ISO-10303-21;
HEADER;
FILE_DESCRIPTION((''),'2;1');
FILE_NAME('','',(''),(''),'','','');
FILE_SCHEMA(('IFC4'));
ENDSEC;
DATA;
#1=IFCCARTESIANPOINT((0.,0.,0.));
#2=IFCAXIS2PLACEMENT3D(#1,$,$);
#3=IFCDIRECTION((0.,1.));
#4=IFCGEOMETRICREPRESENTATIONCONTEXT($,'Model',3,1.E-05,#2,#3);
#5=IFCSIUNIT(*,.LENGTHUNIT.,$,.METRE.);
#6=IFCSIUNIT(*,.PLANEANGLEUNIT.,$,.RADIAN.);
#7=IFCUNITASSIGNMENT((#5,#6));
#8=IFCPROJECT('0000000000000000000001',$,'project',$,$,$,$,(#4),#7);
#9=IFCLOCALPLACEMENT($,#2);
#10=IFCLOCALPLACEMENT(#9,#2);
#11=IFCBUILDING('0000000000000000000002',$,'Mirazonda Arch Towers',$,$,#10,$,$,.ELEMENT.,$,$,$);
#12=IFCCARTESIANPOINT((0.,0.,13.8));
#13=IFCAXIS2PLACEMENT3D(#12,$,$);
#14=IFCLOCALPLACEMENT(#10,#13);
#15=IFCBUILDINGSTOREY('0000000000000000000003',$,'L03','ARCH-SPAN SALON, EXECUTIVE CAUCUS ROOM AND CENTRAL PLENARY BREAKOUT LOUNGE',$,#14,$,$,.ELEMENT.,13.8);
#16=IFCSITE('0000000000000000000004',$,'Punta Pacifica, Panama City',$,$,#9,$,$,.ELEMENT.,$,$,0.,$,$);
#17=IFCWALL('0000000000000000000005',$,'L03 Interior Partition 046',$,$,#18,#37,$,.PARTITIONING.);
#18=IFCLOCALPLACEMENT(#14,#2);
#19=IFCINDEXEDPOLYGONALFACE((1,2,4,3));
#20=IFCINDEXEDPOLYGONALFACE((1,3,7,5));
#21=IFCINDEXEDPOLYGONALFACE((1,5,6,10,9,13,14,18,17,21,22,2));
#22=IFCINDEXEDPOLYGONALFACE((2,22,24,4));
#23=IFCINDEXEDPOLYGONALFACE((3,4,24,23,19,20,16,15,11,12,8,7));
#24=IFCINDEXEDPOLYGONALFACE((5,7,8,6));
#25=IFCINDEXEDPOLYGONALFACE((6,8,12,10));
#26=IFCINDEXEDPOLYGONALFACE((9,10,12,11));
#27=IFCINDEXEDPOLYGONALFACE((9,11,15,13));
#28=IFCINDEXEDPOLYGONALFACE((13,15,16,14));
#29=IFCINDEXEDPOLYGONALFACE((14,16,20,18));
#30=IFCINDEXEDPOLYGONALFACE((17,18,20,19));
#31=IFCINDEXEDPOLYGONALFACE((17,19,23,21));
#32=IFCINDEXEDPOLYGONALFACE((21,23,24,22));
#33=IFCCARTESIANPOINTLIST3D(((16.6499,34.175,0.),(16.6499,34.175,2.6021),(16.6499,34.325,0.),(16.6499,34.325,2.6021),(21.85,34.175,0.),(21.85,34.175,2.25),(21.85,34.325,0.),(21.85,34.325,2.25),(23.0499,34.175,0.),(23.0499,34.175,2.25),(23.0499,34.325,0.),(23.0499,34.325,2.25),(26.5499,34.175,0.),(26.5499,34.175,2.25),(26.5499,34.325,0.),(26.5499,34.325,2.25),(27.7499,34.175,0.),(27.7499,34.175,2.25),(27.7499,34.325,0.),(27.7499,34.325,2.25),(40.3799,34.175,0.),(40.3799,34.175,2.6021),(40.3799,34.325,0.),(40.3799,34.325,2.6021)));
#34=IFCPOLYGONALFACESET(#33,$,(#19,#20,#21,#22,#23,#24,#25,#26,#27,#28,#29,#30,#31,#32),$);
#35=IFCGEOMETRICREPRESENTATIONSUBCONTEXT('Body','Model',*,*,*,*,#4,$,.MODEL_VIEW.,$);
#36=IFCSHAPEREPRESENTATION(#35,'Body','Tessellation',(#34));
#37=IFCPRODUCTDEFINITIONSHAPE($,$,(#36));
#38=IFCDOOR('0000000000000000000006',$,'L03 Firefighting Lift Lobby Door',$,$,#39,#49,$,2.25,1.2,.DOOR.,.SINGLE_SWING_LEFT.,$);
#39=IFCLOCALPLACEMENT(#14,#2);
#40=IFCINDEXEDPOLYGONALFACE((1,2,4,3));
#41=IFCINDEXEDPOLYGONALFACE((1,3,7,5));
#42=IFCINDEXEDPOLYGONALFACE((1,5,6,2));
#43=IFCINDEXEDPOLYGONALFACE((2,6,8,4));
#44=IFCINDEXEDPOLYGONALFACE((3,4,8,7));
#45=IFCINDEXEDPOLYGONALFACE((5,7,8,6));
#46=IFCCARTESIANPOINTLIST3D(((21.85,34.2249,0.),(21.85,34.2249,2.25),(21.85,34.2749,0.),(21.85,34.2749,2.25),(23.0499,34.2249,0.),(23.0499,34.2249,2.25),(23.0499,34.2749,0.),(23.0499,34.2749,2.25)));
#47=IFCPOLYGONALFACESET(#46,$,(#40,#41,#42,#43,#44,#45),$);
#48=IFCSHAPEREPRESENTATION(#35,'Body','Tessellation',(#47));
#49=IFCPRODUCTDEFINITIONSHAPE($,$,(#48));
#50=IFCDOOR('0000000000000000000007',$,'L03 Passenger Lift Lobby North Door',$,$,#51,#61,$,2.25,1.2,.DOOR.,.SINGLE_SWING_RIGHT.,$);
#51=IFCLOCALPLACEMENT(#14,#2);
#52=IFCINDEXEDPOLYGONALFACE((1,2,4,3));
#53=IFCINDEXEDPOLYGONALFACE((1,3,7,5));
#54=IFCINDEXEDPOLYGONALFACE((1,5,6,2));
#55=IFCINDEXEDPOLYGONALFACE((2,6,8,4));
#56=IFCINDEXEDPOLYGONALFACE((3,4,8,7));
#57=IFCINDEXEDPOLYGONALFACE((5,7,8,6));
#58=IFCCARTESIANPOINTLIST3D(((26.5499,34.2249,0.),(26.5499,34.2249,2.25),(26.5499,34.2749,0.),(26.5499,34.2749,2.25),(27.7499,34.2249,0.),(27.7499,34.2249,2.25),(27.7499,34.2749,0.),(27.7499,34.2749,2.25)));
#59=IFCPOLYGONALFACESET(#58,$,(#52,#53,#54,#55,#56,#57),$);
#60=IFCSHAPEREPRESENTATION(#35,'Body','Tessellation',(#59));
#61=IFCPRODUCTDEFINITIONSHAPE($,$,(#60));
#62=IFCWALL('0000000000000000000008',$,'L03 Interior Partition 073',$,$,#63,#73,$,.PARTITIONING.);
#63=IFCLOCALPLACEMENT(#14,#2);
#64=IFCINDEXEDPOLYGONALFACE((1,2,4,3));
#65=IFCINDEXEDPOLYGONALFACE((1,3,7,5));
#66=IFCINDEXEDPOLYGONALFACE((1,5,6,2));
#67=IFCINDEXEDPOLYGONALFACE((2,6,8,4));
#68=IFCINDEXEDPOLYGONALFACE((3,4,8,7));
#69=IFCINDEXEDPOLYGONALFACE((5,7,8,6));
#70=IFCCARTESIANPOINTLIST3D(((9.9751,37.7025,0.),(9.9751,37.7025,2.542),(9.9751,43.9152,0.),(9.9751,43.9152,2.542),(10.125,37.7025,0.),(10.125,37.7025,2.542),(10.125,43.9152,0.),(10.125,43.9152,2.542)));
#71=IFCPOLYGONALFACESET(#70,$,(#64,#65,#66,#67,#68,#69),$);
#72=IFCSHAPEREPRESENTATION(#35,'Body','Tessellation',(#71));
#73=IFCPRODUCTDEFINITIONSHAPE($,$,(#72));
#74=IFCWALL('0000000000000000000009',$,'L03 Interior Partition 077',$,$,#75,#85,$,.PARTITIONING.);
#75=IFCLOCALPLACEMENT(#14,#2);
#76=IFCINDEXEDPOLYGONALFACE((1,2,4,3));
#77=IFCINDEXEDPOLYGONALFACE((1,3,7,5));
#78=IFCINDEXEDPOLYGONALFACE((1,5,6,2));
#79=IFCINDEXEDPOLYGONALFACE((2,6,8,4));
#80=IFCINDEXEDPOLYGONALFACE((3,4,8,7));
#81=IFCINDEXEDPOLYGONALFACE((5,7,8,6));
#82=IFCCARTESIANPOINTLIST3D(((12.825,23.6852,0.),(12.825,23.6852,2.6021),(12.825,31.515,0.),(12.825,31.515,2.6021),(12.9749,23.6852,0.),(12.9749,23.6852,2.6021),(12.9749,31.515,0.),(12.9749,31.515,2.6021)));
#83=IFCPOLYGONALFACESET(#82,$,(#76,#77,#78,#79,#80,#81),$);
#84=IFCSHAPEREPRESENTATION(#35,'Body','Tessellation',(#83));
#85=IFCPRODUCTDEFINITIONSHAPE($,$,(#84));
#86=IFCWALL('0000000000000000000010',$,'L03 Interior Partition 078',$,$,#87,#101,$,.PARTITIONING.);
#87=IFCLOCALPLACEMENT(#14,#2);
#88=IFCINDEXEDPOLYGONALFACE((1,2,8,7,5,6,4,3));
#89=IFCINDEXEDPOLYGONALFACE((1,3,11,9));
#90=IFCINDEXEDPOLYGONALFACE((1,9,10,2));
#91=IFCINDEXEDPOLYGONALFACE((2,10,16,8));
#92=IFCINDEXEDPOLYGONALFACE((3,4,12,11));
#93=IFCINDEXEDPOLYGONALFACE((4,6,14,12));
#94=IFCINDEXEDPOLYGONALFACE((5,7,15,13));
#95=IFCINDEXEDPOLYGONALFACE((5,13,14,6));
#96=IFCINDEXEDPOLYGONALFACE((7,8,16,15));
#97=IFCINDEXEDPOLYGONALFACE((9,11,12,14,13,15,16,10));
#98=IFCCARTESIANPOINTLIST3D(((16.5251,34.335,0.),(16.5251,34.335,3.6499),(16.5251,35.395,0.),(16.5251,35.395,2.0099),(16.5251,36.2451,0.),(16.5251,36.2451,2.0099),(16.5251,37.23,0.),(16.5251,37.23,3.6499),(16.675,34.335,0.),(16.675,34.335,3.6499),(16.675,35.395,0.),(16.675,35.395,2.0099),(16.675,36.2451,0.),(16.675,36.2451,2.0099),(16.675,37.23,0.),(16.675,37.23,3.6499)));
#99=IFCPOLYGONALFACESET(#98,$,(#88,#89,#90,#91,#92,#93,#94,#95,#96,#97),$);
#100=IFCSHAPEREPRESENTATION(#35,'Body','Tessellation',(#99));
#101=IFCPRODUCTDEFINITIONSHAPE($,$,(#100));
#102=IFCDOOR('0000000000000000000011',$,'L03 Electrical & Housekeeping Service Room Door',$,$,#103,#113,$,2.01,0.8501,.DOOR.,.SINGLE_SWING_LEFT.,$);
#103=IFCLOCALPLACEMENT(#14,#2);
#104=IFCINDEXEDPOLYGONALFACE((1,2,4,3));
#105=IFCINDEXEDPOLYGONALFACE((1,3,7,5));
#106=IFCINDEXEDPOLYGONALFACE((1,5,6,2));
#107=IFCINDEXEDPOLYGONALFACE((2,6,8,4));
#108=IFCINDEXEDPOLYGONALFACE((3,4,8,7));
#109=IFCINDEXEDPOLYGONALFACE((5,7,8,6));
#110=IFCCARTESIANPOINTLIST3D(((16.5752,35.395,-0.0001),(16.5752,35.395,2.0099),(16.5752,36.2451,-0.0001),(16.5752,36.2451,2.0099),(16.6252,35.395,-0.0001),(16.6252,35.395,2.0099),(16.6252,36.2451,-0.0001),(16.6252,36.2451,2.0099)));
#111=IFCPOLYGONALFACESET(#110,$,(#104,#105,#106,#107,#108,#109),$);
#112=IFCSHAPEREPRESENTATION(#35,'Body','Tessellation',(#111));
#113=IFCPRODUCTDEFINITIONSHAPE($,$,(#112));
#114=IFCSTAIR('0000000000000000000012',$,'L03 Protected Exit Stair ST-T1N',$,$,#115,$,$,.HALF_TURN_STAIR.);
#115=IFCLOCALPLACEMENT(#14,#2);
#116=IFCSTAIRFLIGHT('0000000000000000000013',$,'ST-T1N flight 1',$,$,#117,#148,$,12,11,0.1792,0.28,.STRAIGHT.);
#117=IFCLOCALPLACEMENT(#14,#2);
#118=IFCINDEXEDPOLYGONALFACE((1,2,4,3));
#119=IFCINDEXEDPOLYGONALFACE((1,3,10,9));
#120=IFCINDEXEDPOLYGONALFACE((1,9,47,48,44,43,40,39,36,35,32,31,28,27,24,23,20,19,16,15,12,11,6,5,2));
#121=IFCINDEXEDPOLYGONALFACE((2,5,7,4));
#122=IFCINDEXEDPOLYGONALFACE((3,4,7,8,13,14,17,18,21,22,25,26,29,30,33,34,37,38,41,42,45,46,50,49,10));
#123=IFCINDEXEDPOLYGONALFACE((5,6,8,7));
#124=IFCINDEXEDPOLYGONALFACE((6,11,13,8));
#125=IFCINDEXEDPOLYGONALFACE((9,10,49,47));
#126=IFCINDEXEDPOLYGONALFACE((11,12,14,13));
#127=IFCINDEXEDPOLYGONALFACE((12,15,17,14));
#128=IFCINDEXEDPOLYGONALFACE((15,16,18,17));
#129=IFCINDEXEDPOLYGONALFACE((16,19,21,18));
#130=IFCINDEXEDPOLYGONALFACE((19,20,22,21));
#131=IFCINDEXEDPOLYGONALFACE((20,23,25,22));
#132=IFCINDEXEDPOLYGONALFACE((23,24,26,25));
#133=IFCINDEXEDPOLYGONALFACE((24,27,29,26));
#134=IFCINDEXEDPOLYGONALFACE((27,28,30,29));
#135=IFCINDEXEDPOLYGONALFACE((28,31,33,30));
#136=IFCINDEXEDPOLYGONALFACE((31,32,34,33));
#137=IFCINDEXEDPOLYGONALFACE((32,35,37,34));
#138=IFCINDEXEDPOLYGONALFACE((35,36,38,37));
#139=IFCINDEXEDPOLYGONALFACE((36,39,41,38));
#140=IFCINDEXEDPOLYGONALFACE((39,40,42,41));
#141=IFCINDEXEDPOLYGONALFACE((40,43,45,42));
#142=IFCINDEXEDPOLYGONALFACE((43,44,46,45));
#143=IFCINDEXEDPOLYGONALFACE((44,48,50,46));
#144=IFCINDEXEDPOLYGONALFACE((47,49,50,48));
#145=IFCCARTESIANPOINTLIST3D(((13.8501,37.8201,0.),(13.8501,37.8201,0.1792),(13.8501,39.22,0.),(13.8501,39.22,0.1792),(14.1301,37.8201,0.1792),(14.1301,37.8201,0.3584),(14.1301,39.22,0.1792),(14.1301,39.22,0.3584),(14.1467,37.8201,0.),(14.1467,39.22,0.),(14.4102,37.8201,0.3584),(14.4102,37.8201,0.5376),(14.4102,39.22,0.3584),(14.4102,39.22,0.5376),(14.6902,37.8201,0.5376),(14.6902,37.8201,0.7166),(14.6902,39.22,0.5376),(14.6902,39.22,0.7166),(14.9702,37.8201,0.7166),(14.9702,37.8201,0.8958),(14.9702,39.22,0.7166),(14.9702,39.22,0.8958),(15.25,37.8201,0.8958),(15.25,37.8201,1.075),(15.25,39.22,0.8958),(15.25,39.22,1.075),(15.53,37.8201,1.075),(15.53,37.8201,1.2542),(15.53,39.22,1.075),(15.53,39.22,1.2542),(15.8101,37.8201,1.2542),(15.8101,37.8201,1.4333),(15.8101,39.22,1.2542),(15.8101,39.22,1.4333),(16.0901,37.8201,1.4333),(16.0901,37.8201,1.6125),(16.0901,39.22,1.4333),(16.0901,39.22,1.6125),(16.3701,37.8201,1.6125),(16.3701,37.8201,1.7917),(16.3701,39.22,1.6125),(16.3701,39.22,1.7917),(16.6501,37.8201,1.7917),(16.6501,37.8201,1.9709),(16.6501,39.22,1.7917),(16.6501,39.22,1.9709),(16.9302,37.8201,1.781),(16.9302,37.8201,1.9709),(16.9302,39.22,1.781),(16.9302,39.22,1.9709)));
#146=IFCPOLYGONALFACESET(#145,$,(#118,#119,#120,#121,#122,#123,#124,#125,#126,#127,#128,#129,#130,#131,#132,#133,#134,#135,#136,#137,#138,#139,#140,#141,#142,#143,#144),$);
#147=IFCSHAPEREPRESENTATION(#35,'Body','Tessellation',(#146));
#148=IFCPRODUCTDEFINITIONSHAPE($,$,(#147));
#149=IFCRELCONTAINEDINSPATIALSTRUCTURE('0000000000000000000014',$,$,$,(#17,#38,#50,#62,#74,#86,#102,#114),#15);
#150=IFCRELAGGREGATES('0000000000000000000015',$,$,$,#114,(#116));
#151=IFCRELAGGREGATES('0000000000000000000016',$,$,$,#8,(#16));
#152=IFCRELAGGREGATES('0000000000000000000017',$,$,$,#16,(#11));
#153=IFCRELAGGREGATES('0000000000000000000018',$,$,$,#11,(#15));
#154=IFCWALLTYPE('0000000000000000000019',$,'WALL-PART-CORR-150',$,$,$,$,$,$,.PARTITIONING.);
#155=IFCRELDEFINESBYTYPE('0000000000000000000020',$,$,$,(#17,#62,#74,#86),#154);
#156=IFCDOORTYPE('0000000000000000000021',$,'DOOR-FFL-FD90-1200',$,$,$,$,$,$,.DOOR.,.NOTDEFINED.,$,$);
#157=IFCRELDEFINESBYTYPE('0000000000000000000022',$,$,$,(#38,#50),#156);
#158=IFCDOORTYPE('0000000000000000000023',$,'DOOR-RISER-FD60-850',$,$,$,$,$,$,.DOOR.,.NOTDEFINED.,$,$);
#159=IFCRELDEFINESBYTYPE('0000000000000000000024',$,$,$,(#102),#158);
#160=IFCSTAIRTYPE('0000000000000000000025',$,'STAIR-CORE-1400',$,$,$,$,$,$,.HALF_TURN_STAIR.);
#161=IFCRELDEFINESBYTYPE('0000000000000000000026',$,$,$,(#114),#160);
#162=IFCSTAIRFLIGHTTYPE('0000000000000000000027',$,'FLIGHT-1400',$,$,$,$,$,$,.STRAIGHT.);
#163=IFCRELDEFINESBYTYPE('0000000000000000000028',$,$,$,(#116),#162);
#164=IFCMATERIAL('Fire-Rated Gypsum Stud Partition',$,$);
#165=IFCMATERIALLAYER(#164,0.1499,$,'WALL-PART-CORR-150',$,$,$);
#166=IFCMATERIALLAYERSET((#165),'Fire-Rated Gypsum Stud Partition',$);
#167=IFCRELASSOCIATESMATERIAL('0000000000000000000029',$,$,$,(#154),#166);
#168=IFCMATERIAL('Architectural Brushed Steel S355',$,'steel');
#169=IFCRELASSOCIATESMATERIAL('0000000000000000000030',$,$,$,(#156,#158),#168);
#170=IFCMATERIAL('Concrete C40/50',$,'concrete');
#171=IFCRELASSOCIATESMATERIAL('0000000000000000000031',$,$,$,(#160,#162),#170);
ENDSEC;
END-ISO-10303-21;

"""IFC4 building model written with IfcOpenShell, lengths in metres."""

from ifc_helpers import new_model, si_unit, direction, frame, frame_2d, origin, place, context, subcontext, project, spatial, polyline, rectangle, outline, extrude, material, layer, layer_set, type_object, element, fill, aggregate, save


model = new_model("IFC4")

# Units and contexts
model_context = context("Model", 3, precision=1e-05, world=origin(), true_north=direction((0.0, 1.0)))
body_context = subcontext(model_context, "Body", "Model", "MODEL_VIEW")
ifc_project = project(units=[si_unit("LENGTHUNIT", "METRE"), si_unit("PLANEANGLEUNIT", "RADIAN")], contexts=[model_context])

# Site, building, storey
site_placement = place(None, origin())
site = spatial("IfcSite", under=ifc_project, at=site_placement, Name="Punta Pacifica, Panama City", CompositionType="ELEMENT", RefElevation=0.0)
building_placement = place(site_placement, origin())
building = spatial("IfcBuilding", under=site, at=building_placement, Name="Mirazonda Arch Towers", CompositionType="ELEMENT")
storey_placement = place(building_placement, frame((0.0, 0.0, 13.8)))
storey = spatial("IfcBuildingStorey", under=building, at=storey_placement, Name="L03", Description="ARCH-SPAN SALON, EXECUTIVE CAUCUS ROOM AND CENTRAL PLENARY BREAKOUT LOUNGE", CompositionType="ELEMENT", Elevation=13.8)

# Shared definitions
ifc_material_1 = material(Name="Architectural Brushed Steel S355", Category="steel")

# Shared definitions
ifc_material_2 = material(Name="Concrete C40/50", Category="concrete")

# Wall, openings, doors
ifc_material_3 = material(Name="Fire-Rated Gypsum Stud Partition")
ifc_layer_1 = layer(ifc_material_3, 0.1499, Name="WALL-PART-CORR-150")
ifc_layer_set_1 = layer_set([ifc_layer_1], Name="Fire-Rated Gypsum Stud Partition")
wall_type_1 = type_object("IfcWallType", Name="WALL-PART-CORR-150", PredefinedType="PARTITIONING", material=ifc_layer_set_1)
wall_1_placement = place(storey_placement, frame((16.6499, 34.25, 0.0), z_axis=(0.0, 0.0, 1.0), x_axis=(1.0, 0.0, 0.0)))
wall_1 = element("IfcWall", 1, at=wall_1_placement, inside=storey, type_object=wall_type_1, Name="L03 Interior Partition 046", PredefinedType="PARTITIONING", context=body_context, shape_type="SweptSolid", body=[
    extrude(rectangle(XDim=23.73, YDim=0.1499, at=frame_2d((11.865, 0.0))), origin(), (0.0, 0.0, 1.0), 2.6021),
])
opening_1_placement = place(wall_1_placement, frame((5.2, 0.0, 0.0)))
opening_1 = element("IfcOpeningElement", 2, at=opening_1_placement, cuts=wall_1, PredefinedType="OPENING", context=body_context, shape_type="SweptSolid", body=[
    extrude(rectangle(XDim=1.2, YDim=2.25, at=frame_2d((0.6001, 1.125))), frame((0.0, 0.085, 0.0), z_axis=(0.0, -1.0, 0.0), x_axis=(1.0, 0.0, 0.0)), (0.0, 0.0, 1.0), 0.1699),
])
opening_2_placement = place(wall_1_placement, frame((9.8999, 0.0, 0.0)))
opening_2 = element("IfcOpeningElement", 3, at=opening_2_placement, cuts=wall_1, PredefinedType="OPENING", context=body_context, shape_type="SweptSolid", body=[
    extrude(rectangle(XDim=1.2, YDim=2.25, at=frame_2d((0.6001, 1.125))), frame((0.0, 0.085, 0.0), z_axis=(0.0, -1.0, 0.0), x_axis=(1.0, 0.0, 0.0)), (0.0, 0.0, 1.0), 0.1699),
])
door_type_1 = type_object("IfcDoorType", Name="DOOR-FFL-FD90-1200", OperationType="NOTDEFINED", PredefinedType="DOOR", material=ifc_material_1)
door_1_placement = place(opening_1_placement, origin())
door_1 = element("IfcDoor", 4, at=door_1_placement, inside=storey, type_object=door_type_1, Name="L03 Firefighting Lift Lobby Door", OperationType="SINGLE_SWING_LEFT", OverallHeight=2.25, OverallWidth=1.2, PredefinedType="DOOR", context=body_context, shape_type="SweptSolid", body=[
    extrude(rectangle(XDim=1.2, YDim=2.25, at=frame_2d((0.6001, 1.125))), frame((0.0, 0.0249, 0.0), z_axis=(0.0, -1.0, 0.0), x_axis=(1.0, 0.0, 0.0)), (0.0, 0.0, 1.0), 0.05),
])
fill(opening_1, door_1)
door_2_placement = place(opening_2_placement, origin())
door_2 = element("IfcDoor", 5, at=door_2_placement, inside=storey, type_object=door_type_1, Name="L03 Passenger Lift Lobby North Door", OperationType="SINGLE_SWING_RIGHT", OverallHeight=2.25, OverallWidth=1.2, PredefinedType="DOOR", context=body_context, shape_type="SweptSolid", body=[
    extrude(rectangle(XDim=1.2, YDim=2.25, at=frame_2d((0.6001, 1.125))), frame((0.0, 0.0249, 0.0), z_axis=(0.0, -1.0, 0.0), x_axis=(1.0, 0.0, 0.0)), (0.0, 0.0, 1.0), 0.05),
])
fill(opening_2, door_2)

# Walls
wall_2_placement = place(storey_placement, frame((10.05, 37.7024, 0.0), z_axis=(0.0, 0.0, 1.0), x_axis=(0.0, 1.0, 0.0)))
element("IfcWall", 6, at=wall_2_placement, inside=storey, type_object=wall_type_1, Name="L03 Interior Partition 073", PredefinedType="PARTITIONING", context=body_context, shape_type="SweptSolid", body=[
    extrude(rectangle(XDim=6.2126, YDim=0.1499, at=frame_2d((3.1064, 0.0))), origin(), (0.0, 0.0, 1.0), 2.542),
])
wall_3_placement = place(storey_placement, frame((12.8999, 23.6851, 0.0), z_axis=(0.0, 0.0, 1.0), x_axis=(0.0, 1.0, 0.0)))
element("IfcWall", 7, at=wall_3_placement, inside=storey, type_object=wall_type_1, Name="L03 Interior Partition 077", PredefinedType="PARTITIONING", context=body_context, shape_type="SweptSolid", body=[
    extrude(rectangle(XDim=7.8298, YDim=0.1499, at=frame_2d((3.915, 0.0))), origin(), (0.0, 0.0, 1.0), 2.6021),
])

# Wall, opening, door
wall_4_placement = place(storey_placement, frame((16.6001, 34.335, 0.0), z_axis=(0.0, 0.0, 1.0), x_axis=(0.0, 1.0, 0.0)))
wall_4 = element("IfcWall", 8, at=wall_4_placement, inside=storey, type_object=wall_type_1, Name="L03 Interior Partition 078", PredefinedType="PARTITIONING", context=body_context, shape_type="SweptSolid", body=[
    extrude(rectangle(XDim=2.895, YDim=0.1499, at=frame_2d((1.4475, 0.0))), origin(), (0.0, 0.0, 1.0), 3.6499),
])
opening_3_placement = place(wall_4_placement, frame((1.0601, 0.0, 0.0)))
opening_3 = element("IfcOpeningElement", 9, at=opening_3_placement, cuts=wall_4, PredefinedType="OPENING", context=body_context, shape_type="SweptSolid", body=[
    extrude(rectangle(XDim=0.8501, YDim=2.01, at=frame_2d((0.425, 1.0049))), frame((0.0, 0.085, 0.0), z_axis=(0.0, -1.0, 0.0), x_axis=(1.0, 0.0, 0.0)), (0.0, 0.0, 1.0), 0.1699),
])
door_type_2 = type_object("IfcDoorType", Name="DOOR-RISER-FD60-850", OperationType="NOTDEFINED", PredefinedType="DOOR", material=ifc_material_1)
door_3_placement = place(opening_3_placement, origin())
door_3 = element("IfcDoor", 10, at=door_3_placement, inside=storey, type_object=door_type_2, Name="L03 Electrical & Housekeeping Service Room Door", OperationType="SINGLE_SWING_LEFT", OverallHeight=2.01, OverallWidth=0.8501, PredefinedType="DOOR", context=body_context, shape_type="SweptSolid", body=[
    extrude(rectangle(XDim=0.8501, YDim=2.01, at=frame_2d((0.425, 1.0049))), frame((0.0, 0.0249, 0.0), z_axis=(0.0, -1.0, 0.0), x_axis=(1.0, 0.0, 0.0)), (0.0, 0.0, 1.0), 0.05),
])
fill(opening_3, door_3)

# Stair, stair flight
stair_type = type_object("IfcStairType", Name="STAIR-CORE-1400", PredefinedType="HALF_TURN_STAIR", material=ifc_material_2)
stair_placement = place(storey_placement, origin())
stair = element("IfcStair", 11, at=stair_placement, inside=storey, type_object=stair_type, Name="L03 Protected Exit Stair ST-T1N", PredefinedType="HALF_TURN_STAIR")
stair_flight_type = type_object("IfcStairFlightType", Name="FLIGHT-1400", PredefinedType="STRAIGHT", material=ifc_material_2)
stair_flight_placement = place(storey_placement, frame((13.8501, 38.52, 0.0), z_axis=(0.0, 0.0, 1.0), x_axis=(1.0, 0.0, 0.0)))
stair_flight = element("IfcStairFlight", 12, at=stair_flight_placement, type_object=stair_flight_type, Name="ST-T1N flight 1", NumberOfRisers=12, NumberOfTreads=11, PredefinedType="STRAIGHT", RiserHeight=0.1792, TreadLength=0.28, context=body_context, shape_type="SweptSolid", body=[
    extrude(outline(polyline([(0.0, 0.0), (0.0, 0.1792), (0.28, 0.1792), (0.28, 0.3584), (0.5601, 0.3584), (0.5601, 0.5376), (0.8401, 0.5376), (0.8401, 0.7166), (1.1201, 0.7166), (1.1201, 0.8958), (1.3999, 0.8958), (1.3999, 1.075), (1.6799, 1.075), (1.6799, 1.2542), (1.96, 1.2542), (1.96, 1.4333), (2.24, 1.4333), (2.24, 1.6125), (2.52, 1.6125), (2.52, 1.7917), (2.8, 1.7917), (2.8, 1.9709), (3.0801, 1.9709), (3.0801, 2.1499), (3.0801, 1.781), (0.2966, 0.0), (0.0, 0.0)])), frame((0.0, 0.7, 0.0), z_axis=(0.0, -1.0, 0.0), x_axis=(1.0, 0.0, 0.0)), (0.0, 0.0, 1.0), 1.3999),
])
aggregate(stair, [stair_flight])

save(model, "model.ifc")
